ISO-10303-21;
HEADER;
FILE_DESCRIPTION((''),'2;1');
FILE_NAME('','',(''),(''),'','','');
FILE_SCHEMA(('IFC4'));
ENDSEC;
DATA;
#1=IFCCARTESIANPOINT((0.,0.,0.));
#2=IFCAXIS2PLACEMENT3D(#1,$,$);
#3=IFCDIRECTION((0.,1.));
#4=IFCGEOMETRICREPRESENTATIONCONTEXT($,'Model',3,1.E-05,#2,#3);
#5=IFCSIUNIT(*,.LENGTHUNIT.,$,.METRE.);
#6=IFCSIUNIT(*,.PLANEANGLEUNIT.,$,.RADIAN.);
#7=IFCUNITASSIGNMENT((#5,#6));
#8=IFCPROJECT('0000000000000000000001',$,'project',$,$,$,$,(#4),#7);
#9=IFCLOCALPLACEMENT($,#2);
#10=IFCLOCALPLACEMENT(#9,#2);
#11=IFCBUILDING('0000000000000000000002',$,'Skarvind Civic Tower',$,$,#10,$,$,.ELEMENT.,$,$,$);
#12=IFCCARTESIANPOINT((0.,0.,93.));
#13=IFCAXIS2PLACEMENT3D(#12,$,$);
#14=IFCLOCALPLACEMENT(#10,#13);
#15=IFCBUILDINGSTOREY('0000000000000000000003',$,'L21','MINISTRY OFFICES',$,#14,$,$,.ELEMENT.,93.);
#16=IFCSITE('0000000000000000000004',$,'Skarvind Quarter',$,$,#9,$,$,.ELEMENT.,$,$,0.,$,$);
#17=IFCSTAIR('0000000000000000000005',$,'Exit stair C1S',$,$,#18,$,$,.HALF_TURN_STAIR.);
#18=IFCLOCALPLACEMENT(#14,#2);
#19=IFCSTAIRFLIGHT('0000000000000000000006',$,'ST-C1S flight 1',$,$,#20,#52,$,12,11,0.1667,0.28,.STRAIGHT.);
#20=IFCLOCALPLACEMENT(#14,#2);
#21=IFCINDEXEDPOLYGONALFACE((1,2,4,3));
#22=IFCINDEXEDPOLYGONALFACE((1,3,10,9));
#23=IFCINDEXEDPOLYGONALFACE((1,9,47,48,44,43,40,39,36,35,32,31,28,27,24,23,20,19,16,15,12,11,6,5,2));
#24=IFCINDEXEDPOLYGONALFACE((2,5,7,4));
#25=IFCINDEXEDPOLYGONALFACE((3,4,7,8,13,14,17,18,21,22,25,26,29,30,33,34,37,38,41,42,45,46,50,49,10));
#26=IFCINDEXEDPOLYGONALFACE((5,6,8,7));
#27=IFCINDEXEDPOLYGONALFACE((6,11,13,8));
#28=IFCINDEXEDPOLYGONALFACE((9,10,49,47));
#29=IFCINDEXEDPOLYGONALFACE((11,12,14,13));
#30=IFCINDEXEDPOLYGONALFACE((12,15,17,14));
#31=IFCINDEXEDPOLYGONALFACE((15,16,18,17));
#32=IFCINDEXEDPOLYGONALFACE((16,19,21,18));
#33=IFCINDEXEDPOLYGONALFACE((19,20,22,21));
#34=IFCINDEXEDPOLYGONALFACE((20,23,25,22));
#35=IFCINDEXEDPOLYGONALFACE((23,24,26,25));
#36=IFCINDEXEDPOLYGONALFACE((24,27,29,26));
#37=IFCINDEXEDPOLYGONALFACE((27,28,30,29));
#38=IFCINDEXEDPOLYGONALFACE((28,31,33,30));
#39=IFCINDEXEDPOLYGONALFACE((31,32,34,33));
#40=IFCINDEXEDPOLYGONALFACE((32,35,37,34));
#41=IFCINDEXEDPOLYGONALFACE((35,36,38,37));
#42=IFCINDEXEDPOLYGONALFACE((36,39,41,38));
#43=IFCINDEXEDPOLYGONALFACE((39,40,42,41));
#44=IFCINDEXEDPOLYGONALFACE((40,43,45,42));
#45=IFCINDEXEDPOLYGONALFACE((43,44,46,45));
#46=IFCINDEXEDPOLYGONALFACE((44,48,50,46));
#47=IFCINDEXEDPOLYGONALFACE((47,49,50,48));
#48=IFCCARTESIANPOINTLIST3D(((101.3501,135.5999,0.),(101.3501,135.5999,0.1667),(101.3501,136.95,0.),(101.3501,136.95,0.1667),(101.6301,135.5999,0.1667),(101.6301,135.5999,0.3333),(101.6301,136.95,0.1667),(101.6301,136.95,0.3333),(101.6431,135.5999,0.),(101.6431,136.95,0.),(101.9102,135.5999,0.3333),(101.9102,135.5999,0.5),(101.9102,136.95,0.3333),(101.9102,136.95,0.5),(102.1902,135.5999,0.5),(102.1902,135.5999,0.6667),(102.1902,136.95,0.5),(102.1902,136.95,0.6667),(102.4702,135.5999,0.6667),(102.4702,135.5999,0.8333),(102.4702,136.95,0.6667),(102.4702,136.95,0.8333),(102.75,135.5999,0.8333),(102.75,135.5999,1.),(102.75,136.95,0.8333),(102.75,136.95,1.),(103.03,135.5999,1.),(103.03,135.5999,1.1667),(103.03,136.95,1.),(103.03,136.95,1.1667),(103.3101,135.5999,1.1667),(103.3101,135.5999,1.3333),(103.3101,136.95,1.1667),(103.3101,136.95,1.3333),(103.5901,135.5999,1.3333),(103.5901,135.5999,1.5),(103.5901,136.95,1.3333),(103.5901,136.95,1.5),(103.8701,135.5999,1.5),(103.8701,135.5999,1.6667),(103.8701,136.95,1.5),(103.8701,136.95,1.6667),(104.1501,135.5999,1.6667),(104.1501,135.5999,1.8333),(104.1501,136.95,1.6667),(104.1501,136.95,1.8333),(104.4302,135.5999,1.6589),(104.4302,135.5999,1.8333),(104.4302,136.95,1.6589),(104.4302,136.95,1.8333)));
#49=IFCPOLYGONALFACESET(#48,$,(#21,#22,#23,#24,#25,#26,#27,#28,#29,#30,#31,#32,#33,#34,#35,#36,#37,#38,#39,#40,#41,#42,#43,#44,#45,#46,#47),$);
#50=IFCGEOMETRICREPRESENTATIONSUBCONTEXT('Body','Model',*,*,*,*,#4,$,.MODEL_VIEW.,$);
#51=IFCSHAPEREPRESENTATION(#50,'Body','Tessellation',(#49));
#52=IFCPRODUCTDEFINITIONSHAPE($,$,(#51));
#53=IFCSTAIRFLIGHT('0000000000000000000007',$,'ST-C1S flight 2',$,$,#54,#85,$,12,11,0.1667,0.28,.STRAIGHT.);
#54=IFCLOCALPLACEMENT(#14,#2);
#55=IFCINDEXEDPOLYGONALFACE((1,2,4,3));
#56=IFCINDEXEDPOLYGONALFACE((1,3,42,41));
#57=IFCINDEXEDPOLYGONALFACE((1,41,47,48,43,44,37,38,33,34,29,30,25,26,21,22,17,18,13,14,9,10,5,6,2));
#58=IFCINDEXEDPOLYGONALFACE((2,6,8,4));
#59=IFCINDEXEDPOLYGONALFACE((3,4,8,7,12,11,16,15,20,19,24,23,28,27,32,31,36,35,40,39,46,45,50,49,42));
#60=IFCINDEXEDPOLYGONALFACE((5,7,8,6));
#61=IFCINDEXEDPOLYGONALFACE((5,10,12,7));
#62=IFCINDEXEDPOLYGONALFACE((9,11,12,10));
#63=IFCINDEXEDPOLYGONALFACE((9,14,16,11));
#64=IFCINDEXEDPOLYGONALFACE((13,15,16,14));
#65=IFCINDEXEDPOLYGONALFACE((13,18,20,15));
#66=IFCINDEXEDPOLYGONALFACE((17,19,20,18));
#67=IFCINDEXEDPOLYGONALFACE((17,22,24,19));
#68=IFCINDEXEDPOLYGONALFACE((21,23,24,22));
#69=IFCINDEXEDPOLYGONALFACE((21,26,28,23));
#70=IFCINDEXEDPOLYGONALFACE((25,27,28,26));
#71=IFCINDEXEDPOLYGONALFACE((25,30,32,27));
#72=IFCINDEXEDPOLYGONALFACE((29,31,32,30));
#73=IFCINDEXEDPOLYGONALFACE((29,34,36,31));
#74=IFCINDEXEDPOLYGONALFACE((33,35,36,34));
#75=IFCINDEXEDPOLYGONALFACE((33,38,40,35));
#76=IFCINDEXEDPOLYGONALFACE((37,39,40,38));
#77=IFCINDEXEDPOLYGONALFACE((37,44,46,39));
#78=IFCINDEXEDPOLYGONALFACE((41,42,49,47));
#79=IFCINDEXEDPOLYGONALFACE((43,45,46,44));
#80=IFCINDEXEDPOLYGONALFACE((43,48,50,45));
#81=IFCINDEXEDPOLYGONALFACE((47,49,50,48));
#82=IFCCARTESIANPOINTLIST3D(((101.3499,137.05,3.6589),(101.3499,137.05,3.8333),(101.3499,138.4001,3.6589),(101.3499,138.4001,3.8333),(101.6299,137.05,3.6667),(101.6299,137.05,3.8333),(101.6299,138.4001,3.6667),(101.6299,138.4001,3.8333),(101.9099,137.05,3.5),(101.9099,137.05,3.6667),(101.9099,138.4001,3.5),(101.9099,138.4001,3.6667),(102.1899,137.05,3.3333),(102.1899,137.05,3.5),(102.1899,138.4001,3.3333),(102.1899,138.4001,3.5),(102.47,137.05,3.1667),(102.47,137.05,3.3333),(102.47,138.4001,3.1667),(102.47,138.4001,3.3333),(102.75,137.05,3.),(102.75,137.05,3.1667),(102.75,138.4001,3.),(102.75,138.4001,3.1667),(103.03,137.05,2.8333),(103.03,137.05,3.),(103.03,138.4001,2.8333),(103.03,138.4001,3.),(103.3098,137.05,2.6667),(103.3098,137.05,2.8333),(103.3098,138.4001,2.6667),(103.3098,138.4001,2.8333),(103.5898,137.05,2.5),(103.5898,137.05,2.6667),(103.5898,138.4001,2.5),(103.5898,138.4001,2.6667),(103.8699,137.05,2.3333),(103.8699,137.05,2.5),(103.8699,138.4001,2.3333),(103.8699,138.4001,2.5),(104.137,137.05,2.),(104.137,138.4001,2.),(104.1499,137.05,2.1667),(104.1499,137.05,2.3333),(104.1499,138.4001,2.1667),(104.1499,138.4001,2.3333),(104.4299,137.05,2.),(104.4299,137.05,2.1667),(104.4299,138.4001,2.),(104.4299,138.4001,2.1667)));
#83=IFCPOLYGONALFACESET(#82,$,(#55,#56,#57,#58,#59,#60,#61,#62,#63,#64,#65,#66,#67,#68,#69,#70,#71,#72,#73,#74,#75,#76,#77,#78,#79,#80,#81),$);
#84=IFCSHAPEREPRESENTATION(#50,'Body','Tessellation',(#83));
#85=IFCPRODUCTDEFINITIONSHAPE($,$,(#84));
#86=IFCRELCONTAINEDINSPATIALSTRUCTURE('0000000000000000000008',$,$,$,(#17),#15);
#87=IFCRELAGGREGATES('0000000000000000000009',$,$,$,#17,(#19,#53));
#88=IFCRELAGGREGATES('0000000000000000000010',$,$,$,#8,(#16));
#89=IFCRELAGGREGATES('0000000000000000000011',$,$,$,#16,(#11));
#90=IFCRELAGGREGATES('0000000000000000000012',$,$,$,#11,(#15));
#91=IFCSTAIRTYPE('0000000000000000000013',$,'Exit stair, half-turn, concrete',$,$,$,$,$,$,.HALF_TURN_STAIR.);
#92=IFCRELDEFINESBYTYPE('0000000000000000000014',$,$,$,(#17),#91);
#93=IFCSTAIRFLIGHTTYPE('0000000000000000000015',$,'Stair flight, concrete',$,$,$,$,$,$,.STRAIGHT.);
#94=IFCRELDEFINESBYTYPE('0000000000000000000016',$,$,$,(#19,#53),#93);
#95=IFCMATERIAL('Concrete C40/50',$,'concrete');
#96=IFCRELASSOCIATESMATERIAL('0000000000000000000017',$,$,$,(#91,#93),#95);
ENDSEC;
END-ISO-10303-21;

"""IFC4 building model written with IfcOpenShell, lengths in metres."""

from ifc_helpers import new_model, si_unit, direction, frame, origin, place, context, subcontext, project, spatial, polyline, outline, extrude, material, type_object, element, aggregate, save


model = new_model("IFC4")

# Units and contexts
model_context = context("Model", 3, precision=1e-05, world=origin(), true_north=direction((0.0, 1.0)))
body_context = subcontext(model_context, "Body", "Model", "MODEL_VIEW")
ifc_project = project(units=[si_unit("LENGTHUNIT", "METRE"), si_unit("PLANEANGLEUNIT", "RADIAN")], contexts=[model_context])

# Site, building, storey
site_placement = place(None, origin())
site = spatial("IfcSite", under=ifc_project, at=site_placement, Name="Skarvind Quarter", CompositionType="ELEMENT", RefElevation=0.0)
building_placement = place(site_placement, origin())
building = spatial("IfcBuilding", under=site, at=building_placement, Name="Skarvind Civic Tower", CompositionType="ELEMENT")
storey_placement = place(building_placement, frame((0.0, 0.0, 93.0)))
storey = spatial("IfcBuildingStorey", under=building, at=storey_placement, Name="L21", Description="MINISTRY OFFICES", CompositionType="ELEMENT", Elevation=93.0)

# Stair, stair flights
ifc_material_1 = material(Name="Concrete C40/50", Category="concrete")
stair_type = type_object("IfcStairType", Name="Exit stair, half-turn, concrete", PredefinedType="HALF_TURN_STAIR", material=ifc_material_1)
stair_placement = place(storey_placement, origin())
stair = element("IfcStair", 1, at=stair_placement, inside=storey, type_object=stair_type, Name="Exit stair C1S", PredefinedType="HALF_TURN_STAIR")
stair_flight_type = type_object("IfcStairFlightType", Name="Stair flight, concrete", PredefinedType="STRAIGHT", material=ifc_material_1)
stair_flight_1_placement = place(storey_placement, frame((101.3501, 136.2749, 0.0), z_axis=(0.0, 0.0, 1.0), x_axis=(1.0, 0.0, 0.0)))
stair_flight_1 = element("IfcStairFlight", 2, at=stair_flight_1_placement, type_object=stair_flight_type, Name="ST-C1S flight 1", NumberOfRisers=12, NumberOfTreads=11, PredefinedType="STRAIGHT", RiserHeight=0.1667, TreadLength=0.28, context=body_context, shape_type="SweptSolid", body=[
    extrude(outline(polyline([(0.0, 0.0), (0.0, 0.1667), (0.28, 0.1667), (0.28, 0.3333), (0.5601, 0.3333), (0.5601, 0.5), (0.8401, 0.5), (0.8401, 0.6667), (1.1201, 0.6667), (1.1201, 0.8333), (1.3999, 0.8333), (1.3999, 1.0), (1.6799, 1.0), (1.6799, 1.1667), (1.96, 1.1667), (1.96, 1.3333), (2.24, 1.3333), (2.24, 1.5), (2.52, 1.5), (2.52, 1.6667), (2.8, 1.6667), (2.8, 1.8333), (3.0801, 1.8333), (3.0801, 2.0), (3.0801, 1.6589), (0.293, 0.0), (0.0, 0.0)])), frame((0.0, 0.675, 0.0), z_axis=(0.0, -1.0, 0.0), x_axis=(1.0, 0.0, 0.0)), (0.0, 0.0, 1.0), 1.3501),
])
stair_flight_2_placement = place(storey_placement, frame((104.4299, 137.7251, 2.0), z_axis=(0.0, 0.0, 1.0), x_axis=(-1.0, 0.0, 0.0)))
stair_flight_2 = element("IfcStairFlight", 3, at=stair_flight_2_placement, type_object=stair_flight_type, Name="ST-C1S flight 2", NumberOfRisers=12, NumberOfTreads=11, PredefinedType="STRAIGHT", RiserHeight=0.1667, TreadLength=0.28, context=body_context, shape_type="SweptSolid", body=[
    extrude(outline(polyline([(0.0, 0.0), (0.0, 0.1667), (0.28, 0.1667), (0.28, 0.3333), (0.5601, 0.3333), (0.5601, 0.5), (0.8401, 0.5), (0.8401, 0.6667), (1.1201, 0.6667), (1.1201, 0.8333), (1.3999, 0.8333), (1.3999, 1.0), (1.6799, 1.0), (1.6799, 1.1667), (1.96, 1.1667), (1.96, 1.3333), (2.24, 1.3333), (2.24, 1.5), (2.52, 1.5), (2.52, 1.6667), (2.8, 1.6667), (2.8, 1.8333), (3.0801, 1.8333), (3.0801, 2.0), (3.0801, 1.6589), (0.293, 0.0), (0.0, 0.0)])), frame((0.0, 0.675, 0.0), z_axis=(0.0, -1.0, 0.0), x_axis=(1.0, 0.0, 0.0)), (0.0, 0.0, 1.0), 1.3501),
])
aggregate(stair, [stair_flight_1, stair_flight_2])

save(model, "model.ifc")
